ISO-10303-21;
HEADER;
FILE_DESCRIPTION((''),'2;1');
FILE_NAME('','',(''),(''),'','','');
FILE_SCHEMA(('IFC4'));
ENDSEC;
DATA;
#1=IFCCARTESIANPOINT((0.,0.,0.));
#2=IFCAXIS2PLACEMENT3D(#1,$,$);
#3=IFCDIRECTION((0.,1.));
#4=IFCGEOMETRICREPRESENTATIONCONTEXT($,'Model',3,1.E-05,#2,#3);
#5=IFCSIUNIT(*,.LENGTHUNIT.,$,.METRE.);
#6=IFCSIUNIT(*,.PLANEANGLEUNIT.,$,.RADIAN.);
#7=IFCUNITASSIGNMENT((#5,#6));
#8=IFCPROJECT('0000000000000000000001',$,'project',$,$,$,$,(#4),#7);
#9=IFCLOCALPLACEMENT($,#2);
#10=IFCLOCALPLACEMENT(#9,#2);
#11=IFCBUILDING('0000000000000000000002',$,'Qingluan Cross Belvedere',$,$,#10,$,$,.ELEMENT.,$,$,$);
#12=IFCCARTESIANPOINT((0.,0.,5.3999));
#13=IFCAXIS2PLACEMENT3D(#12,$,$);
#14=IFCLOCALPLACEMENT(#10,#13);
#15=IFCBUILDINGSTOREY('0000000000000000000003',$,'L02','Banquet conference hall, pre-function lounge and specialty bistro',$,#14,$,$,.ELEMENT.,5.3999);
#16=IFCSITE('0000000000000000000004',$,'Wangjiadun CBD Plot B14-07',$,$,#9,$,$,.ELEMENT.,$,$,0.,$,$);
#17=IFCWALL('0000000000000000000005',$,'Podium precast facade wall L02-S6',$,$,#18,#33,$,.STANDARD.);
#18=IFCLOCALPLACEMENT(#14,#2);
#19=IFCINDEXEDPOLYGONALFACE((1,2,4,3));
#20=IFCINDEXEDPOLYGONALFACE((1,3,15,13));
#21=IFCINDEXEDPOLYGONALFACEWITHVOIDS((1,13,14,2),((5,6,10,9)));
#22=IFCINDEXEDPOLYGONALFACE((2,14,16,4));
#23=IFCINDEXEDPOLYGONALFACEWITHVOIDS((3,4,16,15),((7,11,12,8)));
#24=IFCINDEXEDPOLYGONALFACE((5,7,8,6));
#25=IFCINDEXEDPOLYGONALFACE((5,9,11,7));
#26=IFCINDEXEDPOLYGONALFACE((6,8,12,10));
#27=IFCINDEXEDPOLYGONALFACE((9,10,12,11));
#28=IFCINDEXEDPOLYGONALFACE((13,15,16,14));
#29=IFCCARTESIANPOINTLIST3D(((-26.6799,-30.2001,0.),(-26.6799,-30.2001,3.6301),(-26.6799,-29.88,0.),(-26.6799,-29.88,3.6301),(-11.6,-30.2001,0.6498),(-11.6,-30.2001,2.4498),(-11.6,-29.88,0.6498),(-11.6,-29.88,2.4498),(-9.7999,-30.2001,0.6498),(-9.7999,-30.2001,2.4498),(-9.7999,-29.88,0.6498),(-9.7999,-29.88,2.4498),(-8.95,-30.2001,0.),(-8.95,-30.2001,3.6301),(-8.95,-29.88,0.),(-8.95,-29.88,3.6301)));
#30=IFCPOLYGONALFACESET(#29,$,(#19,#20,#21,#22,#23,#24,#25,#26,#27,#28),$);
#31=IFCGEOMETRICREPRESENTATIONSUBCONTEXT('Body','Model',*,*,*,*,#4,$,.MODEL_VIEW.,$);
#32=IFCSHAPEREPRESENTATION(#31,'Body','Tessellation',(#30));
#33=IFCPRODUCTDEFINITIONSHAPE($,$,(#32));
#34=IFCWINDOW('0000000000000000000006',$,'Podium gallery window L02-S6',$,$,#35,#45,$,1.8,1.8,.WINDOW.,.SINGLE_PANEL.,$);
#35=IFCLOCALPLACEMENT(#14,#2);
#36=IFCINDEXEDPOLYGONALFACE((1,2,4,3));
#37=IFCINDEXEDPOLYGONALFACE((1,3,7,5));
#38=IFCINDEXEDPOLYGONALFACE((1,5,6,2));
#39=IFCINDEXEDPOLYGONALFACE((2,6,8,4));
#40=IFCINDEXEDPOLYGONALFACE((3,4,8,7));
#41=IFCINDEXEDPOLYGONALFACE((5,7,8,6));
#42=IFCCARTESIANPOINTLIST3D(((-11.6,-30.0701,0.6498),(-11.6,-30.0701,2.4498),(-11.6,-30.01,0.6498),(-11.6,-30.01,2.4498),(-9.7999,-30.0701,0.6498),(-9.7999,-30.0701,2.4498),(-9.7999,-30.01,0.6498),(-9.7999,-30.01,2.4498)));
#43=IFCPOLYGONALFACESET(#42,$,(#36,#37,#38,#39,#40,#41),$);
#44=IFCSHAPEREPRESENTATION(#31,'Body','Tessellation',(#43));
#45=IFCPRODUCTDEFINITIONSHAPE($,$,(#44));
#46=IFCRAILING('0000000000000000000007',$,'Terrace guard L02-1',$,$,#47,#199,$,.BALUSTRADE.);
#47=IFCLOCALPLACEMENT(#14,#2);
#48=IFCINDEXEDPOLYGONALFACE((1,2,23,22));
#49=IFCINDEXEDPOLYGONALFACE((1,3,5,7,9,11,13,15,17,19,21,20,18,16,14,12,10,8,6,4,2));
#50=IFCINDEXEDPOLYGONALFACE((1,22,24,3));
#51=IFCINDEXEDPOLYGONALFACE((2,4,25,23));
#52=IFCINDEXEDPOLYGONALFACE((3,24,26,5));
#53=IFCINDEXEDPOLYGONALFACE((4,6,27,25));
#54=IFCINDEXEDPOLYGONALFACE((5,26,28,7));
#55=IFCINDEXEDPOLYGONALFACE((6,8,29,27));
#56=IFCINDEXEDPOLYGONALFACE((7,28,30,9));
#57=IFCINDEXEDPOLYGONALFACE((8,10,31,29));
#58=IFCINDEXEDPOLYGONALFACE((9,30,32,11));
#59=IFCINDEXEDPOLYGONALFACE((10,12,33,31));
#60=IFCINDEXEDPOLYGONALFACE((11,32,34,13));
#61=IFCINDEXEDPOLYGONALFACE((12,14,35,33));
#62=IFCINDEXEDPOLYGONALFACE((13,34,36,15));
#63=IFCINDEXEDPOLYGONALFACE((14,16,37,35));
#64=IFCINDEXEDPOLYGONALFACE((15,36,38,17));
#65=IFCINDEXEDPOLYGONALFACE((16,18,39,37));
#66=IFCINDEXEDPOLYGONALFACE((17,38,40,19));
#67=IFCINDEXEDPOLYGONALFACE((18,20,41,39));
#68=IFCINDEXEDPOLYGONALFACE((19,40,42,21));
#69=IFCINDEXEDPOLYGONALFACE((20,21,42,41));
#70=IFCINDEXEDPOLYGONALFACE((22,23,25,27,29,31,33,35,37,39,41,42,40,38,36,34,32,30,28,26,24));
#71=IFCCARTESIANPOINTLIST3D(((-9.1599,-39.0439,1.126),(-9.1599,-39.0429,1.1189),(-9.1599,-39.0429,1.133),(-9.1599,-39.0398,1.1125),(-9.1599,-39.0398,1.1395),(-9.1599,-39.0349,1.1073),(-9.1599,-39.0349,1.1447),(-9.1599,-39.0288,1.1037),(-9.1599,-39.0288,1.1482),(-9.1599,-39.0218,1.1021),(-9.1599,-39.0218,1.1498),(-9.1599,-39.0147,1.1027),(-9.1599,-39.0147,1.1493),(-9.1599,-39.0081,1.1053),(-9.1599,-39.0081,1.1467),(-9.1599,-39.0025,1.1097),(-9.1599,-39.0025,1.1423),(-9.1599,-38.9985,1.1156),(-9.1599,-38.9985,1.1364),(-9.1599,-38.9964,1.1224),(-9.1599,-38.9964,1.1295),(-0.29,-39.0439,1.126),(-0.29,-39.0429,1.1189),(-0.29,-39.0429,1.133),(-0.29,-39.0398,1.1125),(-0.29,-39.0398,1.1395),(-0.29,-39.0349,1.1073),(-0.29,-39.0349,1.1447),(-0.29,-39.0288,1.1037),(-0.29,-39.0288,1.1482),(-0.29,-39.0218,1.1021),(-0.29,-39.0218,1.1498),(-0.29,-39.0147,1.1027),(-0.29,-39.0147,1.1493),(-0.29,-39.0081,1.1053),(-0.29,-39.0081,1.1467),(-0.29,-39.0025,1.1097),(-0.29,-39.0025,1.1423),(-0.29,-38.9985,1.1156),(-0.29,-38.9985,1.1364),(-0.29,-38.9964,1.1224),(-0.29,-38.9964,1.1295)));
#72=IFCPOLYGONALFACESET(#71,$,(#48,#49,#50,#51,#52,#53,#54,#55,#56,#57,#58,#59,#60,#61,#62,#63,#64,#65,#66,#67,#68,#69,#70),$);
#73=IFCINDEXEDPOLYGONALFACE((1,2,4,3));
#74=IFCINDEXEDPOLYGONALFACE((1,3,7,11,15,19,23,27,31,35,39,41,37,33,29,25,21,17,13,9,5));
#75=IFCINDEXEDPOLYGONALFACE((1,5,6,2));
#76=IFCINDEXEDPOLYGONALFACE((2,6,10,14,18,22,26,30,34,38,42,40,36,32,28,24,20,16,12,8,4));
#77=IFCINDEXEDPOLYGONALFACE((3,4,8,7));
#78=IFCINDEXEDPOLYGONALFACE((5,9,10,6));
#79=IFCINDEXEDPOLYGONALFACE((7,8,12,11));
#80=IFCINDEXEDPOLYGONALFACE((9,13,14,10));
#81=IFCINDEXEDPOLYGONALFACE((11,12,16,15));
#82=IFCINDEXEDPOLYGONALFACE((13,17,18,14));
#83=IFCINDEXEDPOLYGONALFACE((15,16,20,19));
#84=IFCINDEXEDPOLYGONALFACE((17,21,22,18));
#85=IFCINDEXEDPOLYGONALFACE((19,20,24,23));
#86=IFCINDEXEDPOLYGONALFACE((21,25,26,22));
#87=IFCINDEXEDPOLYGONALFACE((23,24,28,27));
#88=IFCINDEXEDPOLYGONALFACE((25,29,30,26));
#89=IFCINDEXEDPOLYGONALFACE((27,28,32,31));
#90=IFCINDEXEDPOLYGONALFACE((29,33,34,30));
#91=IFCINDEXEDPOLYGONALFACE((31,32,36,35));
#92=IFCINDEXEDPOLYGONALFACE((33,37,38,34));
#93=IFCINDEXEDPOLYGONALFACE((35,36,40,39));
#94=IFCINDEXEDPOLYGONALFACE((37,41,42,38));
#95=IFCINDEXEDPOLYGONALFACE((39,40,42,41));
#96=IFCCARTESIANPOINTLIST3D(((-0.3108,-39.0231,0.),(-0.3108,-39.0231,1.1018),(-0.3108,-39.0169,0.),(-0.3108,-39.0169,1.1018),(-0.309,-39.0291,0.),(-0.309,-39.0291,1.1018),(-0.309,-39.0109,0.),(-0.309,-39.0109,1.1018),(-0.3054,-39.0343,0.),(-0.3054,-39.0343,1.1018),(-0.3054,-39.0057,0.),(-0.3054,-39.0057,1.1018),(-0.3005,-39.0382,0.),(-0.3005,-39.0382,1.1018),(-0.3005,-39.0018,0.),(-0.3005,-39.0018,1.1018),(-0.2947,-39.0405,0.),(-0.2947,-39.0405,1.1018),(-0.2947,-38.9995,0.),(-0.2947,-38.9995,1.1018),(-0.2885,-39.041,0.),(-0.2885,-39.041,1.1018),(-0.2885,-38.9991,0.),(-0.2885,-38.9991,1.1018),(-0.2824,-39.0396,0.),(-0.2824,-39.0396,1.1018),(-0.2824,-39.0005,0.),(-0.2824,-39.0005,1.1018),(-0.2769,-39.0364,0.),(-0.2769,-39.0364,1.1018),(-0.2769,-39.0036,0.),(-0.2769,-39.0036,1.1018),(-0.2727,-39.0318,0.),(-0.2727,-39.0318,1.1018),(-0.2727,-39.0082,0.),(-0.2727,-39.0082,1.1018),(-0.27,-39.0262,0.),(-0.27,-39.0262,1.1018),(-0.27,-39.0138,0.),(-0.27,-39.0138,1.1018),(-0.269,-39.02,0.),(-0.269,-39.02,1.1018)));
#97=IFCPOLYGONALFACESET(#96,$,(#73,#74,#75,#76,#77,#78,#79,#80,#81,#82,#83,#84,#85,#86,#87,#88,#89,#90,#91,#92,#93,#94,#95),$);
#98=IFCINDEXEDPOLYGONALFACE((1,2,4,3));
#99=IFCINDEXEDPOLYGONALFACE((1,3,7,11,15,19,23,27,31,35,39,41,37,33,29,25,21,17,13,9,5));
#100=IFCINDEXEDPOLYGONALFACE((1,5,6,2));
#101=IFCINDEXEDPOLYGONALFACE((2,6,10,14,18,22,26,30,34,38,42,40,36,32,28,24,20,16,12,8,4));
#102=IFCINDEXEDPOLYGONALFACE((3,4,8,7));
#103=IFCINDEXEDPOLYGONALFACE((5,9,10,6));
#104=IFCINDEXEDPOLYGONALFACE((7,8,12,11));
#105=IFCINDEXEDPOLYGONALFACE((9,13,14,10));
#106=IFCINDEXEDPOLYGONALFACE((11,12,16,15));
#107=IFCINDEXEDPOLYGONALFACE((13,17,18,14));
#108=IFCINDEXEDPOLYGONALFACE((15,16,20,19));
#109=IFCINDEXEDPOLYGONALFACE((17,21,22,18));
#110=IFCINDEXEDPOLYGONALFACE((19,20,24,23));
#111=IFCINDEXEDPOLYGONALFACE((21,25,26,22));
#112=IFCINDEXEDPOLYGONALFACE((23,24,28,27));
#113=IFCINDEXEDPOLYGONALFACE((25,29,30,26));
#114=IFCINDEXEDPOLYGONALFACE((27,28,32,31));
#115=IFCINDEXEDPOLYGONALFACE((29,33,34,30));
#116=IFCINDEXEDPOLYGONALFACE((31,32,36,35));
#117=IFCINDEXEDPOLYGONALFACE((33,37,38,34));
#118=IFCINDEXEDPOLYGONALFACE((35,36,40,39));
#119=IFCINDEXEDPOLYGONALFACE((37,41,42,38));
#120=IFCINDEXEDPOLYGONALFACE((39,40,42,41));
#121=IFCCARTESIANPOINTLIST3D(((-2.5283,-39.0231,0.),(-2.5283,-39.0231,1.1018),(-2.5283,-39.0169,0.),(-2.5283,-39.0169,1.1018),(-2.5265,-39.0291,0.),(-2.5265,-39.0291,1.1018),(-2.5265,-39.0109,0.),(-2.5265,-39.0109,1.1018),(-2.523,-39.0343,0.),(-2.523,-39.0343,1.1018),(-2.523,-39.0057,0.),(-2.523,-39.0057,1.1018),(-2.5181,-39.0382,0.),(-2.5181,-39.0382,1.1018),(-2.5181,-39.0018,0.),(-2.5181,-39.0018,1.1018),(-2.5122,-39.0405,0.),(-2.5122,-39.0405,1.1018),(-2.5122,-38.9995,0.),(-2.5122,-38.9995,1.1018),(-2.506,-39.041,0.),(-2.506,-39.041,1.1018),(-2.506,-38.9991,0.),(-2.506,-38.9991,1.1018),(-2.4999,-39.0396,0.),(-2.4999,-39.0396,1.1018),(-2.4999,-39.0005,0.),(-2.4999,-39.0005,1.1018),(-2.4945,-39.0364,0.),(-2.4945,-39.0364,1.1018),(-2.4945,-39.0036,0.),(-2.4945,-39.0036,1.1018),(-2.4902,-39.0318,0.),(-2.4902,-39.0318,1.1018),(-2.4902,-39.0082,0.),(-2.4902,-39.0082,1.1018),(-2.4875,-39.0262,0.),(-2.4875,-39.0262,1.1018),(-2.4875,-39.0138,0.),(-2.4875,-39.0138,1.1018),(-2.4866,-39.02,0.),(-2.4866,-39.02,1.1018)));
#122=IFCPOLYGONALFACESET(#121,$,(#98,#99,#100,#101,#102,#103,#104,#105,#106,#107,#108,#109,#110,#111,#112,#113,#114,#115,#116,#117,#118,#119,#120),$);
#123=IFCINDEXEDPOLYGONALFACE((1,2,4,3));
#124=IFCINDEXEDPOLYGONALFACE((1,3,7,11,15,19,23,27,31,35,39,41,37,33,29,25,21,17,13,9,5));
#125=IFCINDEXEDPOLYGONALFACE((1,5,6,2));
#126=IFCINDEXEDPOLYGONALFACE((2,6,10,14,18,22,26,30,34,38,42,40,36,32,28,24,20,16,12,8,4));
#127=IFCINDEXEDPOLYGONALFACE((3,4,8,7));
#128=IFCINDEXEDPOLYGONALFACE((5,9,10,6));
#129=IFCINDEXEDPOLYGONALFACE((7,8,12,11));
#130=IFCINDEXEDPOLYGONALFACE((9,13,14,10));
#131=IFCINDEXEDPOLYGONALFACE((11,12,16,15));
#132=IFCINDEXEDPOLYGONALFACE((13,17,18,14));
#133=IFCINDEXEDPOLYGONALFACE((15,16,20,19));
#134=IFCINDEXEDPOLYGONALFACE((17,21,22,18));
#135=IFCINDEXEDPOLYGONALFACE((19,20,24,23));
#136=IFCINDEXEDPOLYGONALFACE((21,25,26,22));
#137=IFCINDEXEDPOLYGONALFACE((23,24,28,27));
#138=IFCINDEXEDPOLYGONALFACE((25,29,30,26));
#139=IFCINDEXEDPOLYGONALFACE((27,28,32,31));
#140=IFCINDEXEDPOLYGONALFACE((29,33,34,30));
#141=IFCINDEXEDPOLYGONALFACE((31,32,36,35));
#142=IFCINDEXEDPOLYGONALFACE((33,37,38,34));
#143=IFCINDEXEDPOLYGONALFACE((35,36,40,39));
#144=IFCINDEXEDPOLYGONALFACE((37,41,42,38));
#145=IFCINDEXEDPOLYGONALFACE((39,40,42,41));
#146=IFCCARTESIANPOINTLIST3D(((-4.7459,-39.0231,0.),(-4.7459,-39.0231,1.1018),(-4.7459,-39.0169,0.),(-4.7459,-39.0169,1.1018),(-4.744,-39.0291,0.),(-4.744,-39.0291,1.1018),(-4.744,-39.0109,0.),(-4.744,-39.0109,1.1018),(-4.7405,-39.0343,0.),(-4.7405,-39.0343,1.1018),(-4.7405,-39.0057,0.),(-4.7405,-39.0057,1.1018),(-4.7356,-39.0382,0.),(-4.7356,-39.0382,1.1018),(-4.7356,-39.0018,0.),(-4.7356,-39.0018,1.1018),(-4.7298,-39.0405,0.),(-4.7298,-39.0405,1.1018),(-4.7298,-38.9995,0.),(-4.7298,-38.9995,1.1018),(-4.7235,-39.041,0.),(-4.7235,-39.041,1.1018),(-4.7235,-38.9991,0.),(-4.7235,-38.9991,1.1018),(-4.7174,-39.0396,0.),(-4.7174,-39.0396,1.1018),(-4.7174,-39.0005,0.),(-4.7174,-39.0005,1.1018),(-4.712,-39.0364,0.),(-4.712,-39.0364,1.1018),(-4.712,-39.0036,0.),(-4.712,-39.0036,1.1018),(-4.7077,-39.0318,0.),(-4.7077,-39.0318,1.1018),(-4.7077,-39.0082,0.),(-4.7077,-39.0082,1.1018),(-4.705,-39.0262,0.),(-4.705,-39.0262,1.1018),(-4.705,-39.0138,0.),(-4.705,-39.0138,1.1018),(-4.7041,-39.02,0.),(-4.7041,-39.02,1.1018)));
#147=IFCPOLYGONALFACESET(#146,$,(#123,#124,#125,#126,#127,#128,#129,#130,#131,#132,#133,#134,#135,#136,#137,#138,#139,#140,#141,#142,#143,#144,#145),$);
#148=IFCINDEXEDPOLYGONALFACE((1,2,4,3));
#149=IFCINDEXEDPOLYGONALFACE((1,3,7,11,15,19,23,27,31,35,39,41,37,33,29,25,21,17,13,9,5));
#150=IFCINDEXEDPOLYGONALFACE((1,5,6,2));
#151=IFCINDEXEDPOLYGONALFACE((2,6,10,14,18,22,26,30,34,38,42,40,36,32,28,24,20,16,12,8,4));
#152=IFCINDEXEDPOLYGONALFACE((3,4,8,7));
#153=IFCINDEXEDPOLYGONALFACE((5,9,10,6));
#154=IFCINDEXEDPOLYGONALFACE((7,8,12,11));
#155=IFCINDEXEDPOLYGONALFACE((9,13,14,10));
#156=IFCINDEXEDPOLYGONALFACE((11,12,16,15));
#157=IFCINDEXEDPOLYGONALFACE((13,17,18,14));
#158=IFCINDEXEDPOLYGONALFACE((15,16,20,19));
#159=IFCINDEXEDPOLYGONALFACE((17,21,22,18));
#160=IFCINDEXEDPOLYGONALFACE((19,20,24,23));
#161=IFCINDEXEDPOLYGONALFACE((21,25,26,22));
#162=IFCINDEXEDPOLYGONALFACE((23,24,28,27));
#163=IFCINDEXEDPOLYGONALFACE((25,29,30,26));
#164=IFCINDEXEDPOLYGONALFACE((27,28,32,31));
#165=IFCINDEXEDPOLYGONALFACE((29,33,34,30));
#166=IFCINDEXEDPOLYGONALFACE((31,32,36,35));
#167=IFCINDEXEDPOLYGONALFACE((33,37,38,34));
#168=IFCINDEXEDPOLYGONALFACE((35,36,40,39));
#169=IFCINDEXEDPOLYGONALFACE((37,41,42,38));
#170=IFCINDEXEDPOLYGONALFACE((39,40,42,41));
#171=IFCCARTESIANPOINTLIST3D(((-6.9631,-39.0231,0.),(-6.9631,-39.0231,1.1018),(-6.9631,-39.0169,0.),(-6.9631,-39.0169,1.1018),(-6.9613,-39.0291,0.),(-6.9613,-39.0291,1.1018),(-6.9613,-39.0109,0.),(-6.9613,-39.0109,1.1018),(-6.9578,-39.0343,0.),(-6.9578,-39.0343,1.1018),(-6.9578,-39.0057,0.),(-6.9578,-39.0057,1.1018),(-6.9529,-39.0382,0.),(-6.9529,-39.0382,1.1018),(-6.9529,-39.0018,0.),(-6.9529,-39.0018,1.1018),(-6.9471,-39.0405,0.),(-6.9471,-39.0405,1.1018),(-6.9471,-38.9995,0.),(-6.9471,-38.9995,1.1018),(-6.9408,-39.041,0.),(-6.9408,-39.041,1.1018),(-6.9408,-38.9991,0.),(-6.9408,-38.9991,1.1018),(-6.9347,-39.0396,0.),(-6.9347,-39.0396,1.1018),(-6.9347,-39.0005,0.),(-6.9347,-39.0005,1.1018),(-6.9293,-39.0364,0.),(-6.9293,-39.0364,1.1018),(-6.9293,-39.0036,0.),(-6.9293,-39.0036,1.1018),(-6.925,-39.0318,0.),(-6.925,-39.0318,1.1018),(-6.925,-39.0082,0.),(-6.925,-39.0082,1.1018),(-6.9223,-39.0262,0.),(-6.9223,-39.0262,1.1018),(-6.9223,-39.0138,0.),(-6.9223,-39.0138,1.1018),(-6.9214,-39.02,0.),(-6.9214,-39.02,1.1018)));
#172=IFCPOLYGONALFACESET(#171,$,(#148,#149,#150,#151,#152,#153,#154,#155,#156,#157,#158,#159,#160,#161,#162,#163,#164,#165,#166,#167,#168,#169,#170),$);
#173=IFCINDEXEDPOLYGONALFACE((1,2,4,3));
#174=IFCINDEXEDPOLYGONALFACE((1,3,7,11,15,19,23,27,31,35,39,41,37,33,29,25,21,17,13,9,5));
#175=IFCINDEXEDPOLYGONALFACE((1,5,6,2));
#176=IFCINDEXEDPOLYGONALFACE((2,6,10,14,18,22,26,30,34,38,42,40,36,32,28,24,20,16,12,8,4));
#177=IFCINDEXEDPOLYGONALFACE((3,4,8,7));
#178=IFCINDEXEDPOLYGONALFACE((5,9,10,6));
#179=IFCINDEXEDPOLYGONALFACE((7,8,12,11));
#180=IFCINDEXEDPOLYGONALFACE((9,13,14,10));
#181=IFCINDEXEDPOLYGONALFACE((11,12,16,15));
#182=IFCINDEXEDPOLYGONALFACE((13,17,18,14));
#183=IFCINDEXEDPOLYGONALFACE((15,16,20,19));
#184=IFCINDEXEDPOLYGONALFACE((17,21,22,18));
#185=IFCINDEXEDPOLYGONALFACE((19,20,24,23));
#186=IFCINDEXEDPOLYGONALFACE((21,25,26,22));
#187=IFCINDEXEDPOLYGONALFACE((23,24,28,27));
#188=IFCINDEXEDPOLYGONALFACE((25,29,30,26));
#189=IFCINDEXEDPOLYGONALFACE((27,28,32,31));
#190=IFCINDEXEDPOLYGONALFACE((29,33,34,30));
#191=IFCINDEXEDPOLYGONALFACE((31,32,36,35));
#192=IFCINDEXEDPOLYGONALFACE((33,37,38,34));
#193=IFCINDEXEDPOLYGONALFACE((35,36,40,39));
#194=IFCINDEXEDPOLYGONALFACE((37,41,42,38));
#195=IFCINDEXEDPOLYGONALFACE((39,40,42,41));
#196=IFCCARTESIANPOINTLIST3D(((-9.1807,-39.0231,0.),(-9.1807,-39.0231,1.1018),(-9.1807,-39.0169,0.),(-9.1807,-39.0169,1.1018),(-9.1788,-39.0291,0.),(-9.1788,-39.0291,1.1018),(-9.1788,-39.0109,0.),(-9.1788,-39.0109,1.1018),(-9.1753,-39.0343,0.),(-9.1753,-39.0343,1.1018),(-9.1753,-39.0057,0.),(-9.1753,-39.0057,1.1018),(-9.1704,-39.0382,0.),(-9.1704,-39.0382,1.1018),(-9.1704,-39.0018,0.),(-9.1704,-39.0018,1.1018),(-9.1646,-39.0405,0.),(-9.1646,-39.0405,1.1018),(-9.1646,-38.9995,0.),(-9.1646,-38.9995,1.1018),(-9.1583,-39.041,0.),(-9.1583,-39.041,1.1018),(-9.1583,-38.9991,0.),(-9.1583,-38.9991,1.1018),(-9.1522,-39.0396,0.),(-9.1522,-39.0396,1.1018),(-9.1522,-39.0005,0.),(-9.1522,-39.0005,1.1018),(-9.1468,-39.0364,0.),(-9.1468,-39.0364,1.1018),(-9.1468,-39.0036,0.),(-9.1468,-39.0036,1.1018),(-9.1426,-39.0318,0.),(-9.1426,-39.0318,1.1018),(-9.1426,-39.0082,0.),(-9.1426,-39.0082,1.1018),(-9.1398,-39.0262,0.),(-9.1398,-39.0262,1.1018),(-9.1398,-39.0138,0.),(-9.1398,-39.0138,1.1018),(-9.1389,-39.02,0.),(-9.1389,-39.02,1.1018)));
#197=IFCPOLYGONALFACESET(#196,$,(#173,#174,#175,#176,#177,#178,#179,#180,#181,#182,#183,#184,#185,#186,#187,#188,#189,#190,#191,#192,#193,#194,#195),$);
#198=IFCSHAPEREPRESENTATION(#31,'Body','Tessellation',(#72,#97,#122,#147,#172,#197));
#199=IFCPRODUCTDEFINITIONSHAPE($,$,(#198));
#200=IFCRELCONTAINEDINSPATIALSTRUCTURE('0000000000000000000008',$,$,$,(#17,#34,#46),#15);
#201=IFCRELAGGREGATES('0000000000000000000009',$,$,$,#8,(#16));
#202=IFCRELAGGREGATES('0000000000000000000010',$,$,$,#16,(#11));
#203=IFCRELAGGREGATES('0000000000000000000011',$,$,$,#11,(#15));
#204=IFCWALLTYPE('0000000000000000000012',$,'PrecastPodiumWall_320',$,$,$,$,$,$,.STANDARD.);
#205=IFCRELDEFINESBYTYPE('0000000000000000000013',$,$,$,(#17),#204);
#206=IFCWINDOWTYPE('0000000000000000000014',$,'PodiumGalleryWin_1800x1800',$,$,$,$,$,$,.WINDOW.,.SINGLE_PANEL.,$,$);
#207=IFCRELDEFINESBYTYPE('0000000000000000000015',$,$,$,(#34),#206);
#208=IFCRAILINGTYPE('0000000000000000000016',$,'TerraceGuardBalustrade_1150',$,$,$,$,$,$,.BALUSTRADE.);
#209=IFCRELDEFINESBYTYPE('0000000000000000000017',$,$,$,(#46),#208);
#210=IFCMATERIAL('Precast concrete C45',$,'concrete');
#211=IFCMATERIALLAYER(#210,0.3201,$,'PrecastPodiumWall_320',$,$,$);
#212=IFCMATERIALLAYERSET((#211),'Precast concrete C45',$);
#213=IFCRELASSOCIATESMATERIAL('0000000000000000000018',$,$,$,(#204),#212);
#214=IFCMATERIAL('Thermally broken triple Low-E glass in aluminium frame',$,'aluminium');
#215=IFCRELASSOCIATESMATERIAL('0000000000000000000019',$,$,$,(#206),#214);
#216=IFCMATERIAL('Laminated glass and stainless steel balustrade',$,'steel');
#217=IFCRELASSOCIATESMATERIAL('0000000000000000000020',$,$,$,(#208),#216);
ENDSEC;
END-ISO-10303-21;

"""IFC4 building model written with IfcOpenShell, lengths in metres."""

from ifc_helpers import new_model, si_unit, direction, frame, frame_2d, origin, origin_2d, place, context, subcontext, project, spatial, rectangle, circle, extrude, material, layer, layer_set, type_object, element, fill, save


model = new_model("IFC4")

# Units and contexts
model_context = context("Model", 3, precision=1e-05, world=origin(), true_north=direction((0.0, 1.0)))
body_context = subcontext(model_context, "Body", "Model", "MODEL_VIEW")
ifc_project = project(units=[si_unit("LENGTHUNIT", "METRE"), si_unit("PLANEANGLEUNIT", "RADIAN")], contexts=[model_context])

# Site, building, storey
site_placement = place(None, origin())
site = spatial("IfcSite", under=ifc_project, at=site_placement, Name="Wangjiadun CBD Plot B14-07", CompositionType="ELEMENT", RefElevation=0.0)
building_placement = place(site_placement, origin())
building = spatial("IfcBuilding", under=site, at=building_placement, Name="Qingluan Cross Belvedere", CompositionType="ELEMENT")
storey_placement = place(building_placement, frame((0.0, 0.0, 5.3999)))
storey = spatial("IfcBuildingStorey", under=building, at=storey_placement, Name="L02", Description="Banquet conference hall, pre-function lounge and specialty bistro", CompositionType="ELEMENT", Elevation=5.3999)

# Shared definitions
ifc_material_1 = material(Name="Precast concrete C45", Category="concrete")
ifc_layer_1 = layer(ifc_material_1, 0.3201, Name="PrecastPodiumWall_320")
ifc_layer_set_1 = layer_set([ifc_layer_1], Name="Precast concrete C45")
wall_type_1 = type_object("IfcWallType", Name="PrecastPodiumWall_320", PredefinedType="STANDARD", material=ifc_layer_set_1)

# Wall, opening, window
ifc_material_2 = material(Name="Thermally broken triple Low-E glass in aluminium frame", Category="aluminium")
window_type = type_object("IfcWindowType", Name="PodiumGalleryWin_1800x1800", PartitioningType="SINGLE_PANEL", PredefinedType="WINDOW", material=ifc_material_2)
wall_1_placement = place(storey_placement, frame((-8.95, -30.04, 0.0), z_axis=(0.0, 0.0, 1.0), x_axis=(-1.0, 0.0, 0.0)))
wall_1 = element("IfcWall", 1, at=wall_1_placement, inside=storey, type_object=wall_type_1, Name="Podium precast facade wall L02-S6", PredefinedType="STANDARD", context=body_context, shape_type="SweptSolid", body=[
    extrude(rectangle(XDim=17.73, YDim=0.3201, at=frame_2d((8.865, 0.0))), origin(), (0.0, 0.0, 1.0), 3.6301),
])
opening_1_placement = place(wall_1_placement, frame((0.8501, 0.0, 0.6499)))
opening_1 = element("IfcOpeningElement", 2, at=opening_1_placement, cuts=wall_1, PredefinedType="OPENING", context=body_context, shape_type="SweptSolid", body=[
    extrude(rectangle(XDim=1.8, YDim=1.8, at=frame_2d((0.8999, 0.8999))), frame((0.0, 0.1699, 0.0), z_axis=(0.0, -1.0, 0.0), x_axis=(1.0, 0.0, 0.0)), (0.0, 0.0, 1.0), 0.3401),
])
window_1_placement = place(opening_1_placement, origin())
window_1 = element("IfcWindow", 3, at=window_1_placement, inside=storey, type_object=window_type, Name="Podium gallery window L02-S6", OverallHeight=1.8, OverallWidth=1.8, PartitioningType="SINGLE_PANEL", PredefinedType="WINDOW", context=body_context, shape_type="SweptSolid", body=[
    extrude(rectangle(XDim=1.8, YDim=1.8, at=frame_2d((0.8999, 0.8999))), frame((0.0, 0.03, 0.0), z_axis=(0.0, -1.0, 0.0), x_axis=(1.0, 0.0, 0.0)), (0.0, 0.0, 1.0), 0.0601),
])
fill(opening_1, window_1)

# Railing
ifc_material_3 = material(Name="Laminated glass and stainless steel balustrade", Category="steel")
railing_type = type_object("IfcRailingType", Name="TerraceGuardBalustrade_1150", PredefinedType="BALUSTRADE", material=ifc_material_3)
railing_1_placement = place(storey_placement, frame((-0.29, -39.02, 0.0)))
element("IfcRailing", 4, at=railing_1_placement, inside=storey, type_object=railing_type, Name="Terrace guard L02-1", PredefinedType="BALUSTRADE", context=body_context, shape_type="SweptSolid", body=[
    extrude(circle(Radius=0.0239, at=origin_2d()), frame((0.0, 0.0, 1.126), z_axis=(-1.0, 0.0, 0.0), x_axis=(0.0, -1.0, 0.0)), (0.0, 0.0, 1.0), 8.8699),
    extrude(circle(Radius=0.021, at=origin_2d()), origin(), (0.0, 0.0, 1.0), 1.1018),
    extrude(circle(Radius=0.021, at=origin_2d()), frame((-2.2175, 0.0, 0.0)), (0.0, 0.0, 1.0), 1.1018),
    extrude(circle(Radius=0.021, at=origin_2d()), frame((-4.4351, 0.0, 0.0)), (0.0, 0.0, 1.0), 1.1018),
    extrude(circle(Radius=0.021, at=origin_2d()), frame((-6.6523, 0.0, 0.0)), (0.0, 0.0, 1.0), 1.1018),
    extrude(circle(Radius=0.021, at=origin_2d()), frame((-8.8699, 0.0, 0.0)), (0.0, 0.0, 1.0), 1.1018),
])

save(model, "model.ifc")
